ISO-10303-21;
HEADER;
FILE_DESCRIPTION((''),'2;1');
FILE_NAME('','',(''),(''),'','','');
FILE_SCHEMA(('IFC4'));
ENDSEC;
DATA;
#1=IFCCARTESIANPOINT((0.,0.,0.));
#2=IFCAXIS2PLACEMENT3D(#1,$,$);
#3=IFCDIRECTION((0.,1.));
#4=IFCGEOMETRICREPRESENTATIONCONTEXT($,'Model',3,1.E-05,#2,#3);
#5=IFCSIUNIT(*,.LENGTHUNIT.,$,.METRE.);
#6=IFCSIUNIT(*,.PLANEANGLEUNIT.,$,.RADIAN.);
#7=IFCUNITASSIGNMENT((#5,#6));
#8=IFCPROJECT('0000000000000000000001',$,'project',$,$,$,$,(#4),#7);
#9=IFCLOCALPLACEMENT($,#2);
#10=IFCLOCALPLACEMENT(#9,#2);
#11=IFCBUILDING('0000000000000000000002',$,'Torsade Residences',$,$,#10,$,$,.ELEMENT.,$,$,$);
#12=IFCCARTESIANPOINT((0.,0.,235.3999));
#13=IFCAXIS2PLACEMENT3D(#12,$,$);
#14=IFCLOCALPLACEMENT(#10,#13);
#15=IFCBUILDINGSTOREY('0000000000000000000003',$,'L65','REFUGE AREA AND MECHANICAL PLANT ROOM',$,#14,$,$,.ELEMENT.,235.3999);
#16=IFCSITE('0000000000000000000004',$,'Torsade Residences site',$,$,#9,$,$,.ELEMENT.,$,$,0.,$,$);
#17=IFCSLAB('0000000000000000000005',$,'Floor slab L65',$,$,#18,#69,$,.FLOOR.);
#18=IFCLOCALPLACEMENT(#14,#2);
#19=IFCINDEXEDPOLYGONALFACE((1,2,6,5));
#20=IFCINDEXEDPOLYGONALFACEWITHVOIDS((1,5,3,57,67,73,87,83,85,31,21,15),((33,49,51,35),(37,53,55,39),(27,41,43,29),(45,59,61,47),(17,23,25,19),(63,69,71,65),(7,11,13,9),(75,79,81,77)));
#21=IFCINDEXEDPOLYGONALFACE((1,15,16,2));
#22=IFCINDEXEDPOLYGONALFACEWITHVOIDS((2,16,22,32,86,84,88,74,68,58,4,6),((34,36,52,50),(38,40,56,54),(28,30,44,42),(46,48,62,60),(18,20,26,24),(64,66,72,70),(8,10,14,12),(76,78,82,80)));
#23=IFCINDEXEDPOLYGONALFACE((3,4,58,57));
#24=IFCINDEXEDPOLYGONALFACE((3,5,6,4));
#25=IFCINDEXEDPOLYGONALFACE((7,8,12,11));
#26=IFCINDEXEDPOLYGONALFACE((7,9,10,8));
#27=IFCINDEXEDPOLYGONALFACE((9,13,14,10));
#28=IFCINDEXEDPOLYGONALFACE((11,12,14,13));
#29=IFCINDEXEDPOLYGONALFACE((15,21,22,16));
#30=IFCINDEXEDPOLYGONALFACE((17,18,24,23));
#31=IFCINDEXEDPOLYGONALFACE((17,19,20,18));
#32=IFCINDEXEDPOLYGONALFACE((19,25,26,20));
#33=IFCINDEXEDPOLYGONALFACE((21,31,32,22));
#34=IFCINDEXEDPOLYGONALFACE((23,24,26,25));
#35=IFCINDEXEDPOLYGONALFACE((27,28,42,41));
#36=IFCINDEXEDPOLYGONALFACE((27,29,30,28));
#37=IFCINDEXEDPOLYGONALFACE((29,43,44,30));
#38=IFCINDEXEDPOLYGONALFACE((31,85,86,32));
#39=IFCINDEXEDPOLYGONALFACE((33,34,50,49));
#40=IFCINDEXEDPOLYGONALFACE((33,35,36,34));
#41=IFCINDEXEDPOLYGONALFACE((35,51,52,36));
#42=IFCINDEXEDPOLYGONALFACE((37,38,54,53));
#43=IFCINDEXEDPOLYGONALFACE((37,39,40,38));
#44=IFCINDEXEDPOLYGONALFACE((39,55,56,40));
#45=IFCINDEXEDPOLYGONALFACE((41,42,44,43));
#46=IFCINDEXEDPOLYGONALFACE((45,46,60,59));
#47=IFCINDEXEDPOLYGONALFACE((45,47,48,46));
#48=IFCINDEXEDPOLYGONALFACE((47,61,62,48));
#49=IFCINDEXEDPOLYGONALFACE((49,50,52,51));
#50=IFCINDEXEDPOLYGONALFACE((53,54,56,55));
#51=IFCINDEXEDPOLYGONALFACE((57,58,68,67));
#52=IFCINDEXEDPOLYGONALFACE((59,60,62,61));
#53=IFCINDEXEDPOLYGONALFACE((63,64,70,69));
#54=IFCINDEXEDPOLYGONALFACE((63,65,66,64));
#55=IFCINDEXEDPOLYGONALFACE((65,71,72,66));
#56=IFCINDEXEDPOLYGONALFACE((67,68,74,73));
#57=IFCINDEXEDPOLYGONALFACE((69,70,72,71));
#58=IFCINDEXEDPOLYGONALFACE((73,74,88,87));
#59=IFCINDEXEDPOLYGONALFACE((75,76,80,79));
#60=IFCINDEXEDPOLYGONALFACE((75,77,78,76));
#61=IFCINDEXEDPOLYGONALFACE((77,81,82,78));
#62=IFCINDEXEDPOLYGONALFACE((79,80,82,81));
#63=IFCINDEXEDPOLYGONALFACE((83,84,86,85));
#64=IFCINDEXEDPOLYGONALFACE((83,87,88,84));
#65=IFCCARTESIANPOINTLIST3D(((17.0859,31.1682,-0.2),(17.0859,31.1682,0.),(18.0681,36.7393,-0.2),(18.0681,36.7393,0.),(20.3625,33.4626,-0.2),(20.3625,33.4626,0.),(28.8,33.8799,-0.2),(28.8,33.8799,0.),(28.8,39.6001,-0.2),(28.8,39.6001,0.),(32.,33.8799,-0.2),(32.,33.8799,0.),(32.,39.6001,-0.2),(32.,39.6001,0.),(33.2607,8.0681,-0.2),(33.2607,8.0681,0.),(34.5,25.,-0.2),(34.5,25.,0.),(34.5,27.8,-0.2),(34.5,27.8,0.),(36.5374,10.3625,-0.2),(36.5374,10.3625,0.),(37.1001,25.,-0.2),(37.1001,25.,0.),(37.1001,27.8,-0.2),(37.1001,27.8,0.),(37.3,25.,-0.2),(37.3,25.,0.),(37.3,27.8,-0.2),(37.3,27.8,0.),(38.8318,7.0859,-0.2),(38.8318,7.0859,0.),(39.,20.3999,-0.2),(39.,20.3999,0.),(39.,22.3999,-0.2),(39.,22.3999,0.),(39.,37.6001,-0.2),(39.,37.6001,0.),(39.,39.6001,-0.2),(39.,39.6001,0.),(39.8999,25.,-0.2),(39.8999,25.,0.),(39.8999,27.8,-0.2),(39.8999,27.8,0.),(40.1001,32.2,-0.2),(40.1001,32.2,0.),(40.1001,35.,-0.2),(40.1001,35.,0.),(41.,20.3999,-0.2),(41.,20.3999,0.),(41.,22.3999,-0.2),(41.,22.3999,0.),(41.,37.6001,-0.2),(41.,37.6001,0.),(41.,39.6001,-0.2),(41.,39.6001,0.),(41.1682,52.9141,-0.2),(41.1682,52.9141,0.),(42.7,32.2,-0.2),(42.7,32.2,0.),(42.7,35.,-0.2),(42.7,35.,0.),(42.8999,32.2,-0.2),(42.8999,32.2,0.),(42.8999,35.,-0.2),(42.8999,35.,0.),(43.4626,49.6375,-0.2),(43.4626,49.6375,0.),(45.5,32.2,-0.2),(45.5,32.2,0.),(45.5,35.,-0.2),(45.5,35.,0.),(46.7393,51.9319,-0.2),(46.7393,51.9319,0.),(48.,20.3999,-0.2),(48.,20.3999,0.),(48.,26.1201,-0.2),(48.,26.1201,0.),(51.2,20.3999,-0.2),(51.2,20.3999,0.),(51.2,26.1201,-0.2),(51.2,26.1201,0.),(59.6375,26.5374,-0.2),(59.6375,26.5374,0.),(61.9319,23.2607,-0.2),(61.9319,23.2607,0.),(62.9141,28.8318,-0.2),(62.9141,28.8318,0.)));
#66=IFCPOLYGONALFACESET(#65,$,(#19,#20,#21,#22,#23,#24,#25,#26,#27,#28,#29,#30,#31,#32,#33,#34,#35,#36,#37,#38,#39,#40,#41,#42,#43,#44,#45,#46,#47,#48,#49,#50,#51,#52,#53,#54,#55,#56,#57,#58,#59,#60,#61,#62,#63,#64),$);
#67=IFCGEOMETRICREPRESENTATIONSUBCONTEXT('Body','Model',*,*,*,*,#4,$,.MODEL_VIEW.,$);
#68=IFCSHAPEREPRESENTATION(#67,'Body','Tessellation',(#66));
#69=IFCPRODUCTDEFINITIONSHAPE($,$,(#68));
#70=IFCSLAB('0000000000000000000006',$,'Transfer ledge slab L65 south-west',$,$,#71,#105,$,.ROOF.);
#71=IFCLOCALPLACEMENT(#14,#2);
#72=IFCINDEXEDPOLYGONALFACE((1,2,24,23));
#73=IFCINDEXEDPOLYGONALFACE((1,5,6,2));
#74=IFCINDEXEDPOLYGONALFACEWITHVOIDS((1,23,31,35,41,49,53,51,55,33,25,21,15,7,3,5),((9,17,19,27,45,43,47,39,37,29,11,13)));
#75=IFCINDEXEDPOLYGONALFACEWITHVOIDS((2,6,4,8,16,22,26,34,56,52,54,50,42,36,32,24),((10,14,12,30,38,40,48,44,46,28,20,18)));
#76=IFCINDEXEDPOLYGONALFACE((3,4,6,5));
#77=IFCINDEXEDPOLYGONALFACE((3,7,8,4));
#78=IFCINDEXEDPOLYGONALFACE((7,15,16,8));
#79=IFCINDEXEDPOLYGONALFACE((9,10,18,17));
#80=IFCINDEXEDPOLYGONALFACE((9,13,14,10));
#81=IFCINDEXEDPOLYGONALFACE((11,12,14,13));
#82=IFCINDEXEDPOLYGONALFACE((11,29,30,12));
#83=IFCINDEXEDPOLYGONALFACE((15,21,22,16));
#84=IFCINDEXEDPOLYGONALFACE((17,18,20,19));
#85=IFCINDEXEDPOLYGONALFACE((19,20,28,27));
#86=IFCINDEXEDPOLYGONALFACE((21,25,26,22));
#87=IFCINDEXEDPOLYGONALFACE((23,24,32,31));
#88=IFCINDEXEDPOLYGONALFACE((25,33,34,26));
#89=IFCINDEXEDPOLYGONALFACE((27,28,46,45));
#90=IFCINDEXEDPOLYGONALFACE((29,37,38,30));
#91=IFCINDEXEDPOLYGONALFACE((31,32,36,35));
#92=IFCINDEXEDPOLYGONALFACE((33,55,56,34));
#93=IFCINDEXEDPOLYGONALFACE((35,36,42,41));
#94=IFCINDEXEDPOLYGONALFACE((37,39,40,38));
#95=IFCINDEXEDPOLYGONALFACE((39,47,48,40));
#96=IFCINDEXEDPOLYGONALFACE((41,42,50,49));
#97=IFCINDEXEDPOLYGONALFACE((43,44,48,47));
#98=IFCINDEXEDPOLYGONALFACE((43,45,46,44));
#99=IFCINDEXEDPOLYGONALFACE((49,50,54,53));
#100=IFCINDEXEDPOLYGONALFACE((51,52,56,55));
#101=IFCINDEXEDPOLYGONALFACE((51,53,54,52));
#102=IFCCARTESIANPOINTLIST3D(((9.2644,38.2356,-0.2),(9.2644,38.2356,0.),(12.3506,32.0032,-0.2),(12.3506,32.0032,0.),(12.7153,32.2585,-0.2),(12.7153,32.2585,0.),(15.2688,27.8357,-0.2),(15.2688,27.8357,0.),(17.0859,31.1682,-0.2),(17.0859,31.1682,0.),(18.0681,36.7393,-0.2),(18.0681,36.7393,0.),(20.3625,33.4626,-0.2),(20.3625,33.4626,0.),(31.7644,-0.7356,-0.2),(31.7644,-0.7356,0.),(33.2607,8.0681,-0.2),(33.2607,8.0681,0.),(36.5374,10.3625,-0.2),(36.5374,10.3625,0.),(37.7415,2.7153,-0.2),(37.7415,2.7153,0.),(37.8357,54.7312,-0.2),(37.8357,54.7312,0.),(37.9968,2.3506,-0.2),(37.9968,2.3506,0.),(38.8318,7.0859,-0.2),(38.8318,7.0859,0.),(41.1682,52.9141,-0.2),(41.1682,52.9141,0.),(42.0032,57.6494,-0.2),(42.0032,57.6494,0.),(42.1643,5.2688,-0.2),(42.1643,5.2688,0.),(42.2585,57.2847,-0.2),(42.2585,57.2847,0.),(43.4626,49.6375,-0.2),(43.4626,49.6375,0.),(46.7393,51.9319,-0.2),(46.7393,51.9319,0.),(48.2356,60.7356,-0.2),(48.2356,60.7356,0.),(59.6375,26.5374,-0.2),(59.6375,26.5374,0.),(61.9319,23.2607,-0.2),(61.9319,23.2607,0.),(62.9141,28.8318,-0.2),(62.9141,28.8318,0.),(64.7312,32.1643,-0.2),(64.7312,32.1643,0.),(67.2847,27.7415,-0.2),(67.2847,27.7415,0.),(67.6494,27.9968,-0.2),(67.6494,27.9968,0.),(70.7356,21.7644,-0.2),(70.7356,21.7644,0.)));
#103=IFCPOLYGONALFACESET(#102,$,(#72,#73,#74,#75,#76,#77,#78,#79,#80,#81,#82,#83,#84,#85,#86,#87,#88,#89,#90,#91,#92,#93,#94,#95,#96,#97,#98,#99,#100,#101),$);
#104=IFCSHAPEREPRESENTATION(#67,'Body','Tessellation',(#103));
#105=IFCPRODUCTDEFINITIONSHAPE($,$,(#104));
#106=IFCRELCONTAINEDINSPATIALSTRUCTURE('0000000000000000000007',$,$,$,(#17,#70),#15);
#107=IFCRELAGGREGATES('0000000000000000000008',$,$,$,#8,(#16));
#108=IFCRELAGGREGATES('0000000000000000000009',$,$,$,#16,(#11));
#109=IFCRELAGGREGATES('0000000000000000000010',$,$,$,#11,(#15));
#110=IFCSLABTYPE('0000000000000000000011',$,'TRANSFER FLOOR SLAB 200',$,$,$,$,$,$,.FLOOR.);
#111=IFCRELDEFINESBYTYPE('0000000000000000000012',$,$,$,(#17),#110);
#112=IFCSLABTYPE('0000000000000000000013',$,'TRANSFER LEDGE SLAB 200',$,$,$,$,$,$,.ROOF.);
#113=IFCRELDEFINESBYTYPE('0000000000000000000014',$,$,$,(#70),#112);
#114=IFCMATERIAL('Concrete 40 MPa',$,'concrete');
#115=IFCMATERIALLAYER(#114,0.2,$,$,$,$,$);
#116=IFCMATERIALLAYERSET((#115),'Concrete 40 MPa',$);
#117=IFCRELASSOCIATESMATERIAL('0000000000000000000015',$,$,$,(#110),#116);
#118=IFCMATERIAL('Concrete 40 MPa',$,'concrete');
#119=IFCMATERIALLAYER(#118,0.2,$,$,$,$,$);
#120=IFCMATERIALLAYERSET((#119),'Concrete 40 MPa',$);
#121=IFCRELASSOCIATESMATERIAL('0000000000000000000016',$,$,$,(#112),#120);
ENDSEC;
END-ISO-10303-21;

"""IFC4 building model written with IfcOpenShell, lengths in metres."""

from ifc_helpers import new_model, si_unit, direction, frame, origin, place, context, subcontext, project, spatial, polyline, outline, extrude, material, layer, layer_set, type_object, element, save


model = new_model("IFC4")

# Units and contexts
model_context = context("Model", 3, precision=1e-05, world=origin(), true_north=direction((0.0, 1.0)))
body_context = subcontext(model_context, "Body", "Model", "MODEL_VIEW")
ifc_project = project(units=[si_unit("LENGTHUNIT", "METRE"), si_unit("PLANEANGLEUNIT", "RADIAN")], contexts=[model_context])

# Site, building, storey
site_placement = place(None, origin())
site = spatial("IfcSite", under=ifc_project, at=site_placement, Name="Torsade Residences site", CompositionType="ELEMENT", RefElevation=0.0)
building_placement = place(site_placement, origin())
building = spatial("IfcBuilding", under=site, at=building_placement, Name="Torsade Residences", CompositionType="ELEMENT")
storey_placement = place(building_placement, frame((0.0, 0.0, 235.3999)))
storey = spatial("IfcBuildingStorey", under=building, at=storey_placement, Name="L65", Description="REFUGE AREA AND MECHANICAL PLANT ROOM", CompositionType="ELEMENT", Elevation=235.3999)

# Slabs
ifc_material_1 = material(Name="Concrete 40 MPa", Category="concrete")
ifc_layer_1 = layer(ifc_material_1, 0.2)
ifc_layer_set_1 = layer_set([ifc_layer_1], Name="Concrete 40 MPa")
slab_type_1 = type_object("IfcSlabType", Name="TRANSFER FLOOR SLAB 200", PredefinedType="FLOOR", material=ifc_layer_set_1)
slab_1_placement = place(storey_placement, frame((0.0, 0.0, -0.2)))
element("IfcSlab", 1, at=slab_1_placement, inside=storey, type_object=slab_type_1, Name="Floor slab L65", PredefinedType="FLOOR", context=body_context, shape_type="SweptSolid", body=[
    extrude(outline(polyline([(38.8318, 7.0859), (61.9319, 23.2607), (59.6375, 26.5374), (62.9141, 28.8318), (46.7393, 51.9319), (43.4626, 49.6375), (41.1682, 52.9141), (18.0681, 36.7393), (20.3625, 33.4626), (17.0859, 31.1682), (33.2607, 8.0681), (36.5374, 10.3625), (38.8318, 7.0859)]), holes=[polyline([(51.2, 26.1201), (48.0, 26.1201), (48.0, 20.3999), (51.2, 20.3999), (51.2, 26.1201)]), polyline([(45.5, 35.0), (42.8999, 35.0), (42.8999, 32.2), (45.5, 32.2), (45.5, 35.0)]), polyline([(42.7, 35.0), (40.1001, 35.0), (40.1001, 32.2), (42.7, 32.2), (42.7, 35.0)]), polyline([(41.0, 22.3999), (39.0, 22.3999), (39.0, 20.3999), (41.0, 20.3999), (41.0, 22.3999)]), polyline([(41.0, 39.6001), (39.0, 39.6001), (39.0, 37.6001), (41.0, 37.6001), (41.0, 39.6001)]), polyline([(39.8999, 27.8), (37.3, 27.8), (37.3, 25.0), (39.8999, 25.0), (39.8999, 27.8)]), polyline([(37.1001, 27.8), (34.5, 27.8), (34.5, 25.0), (37.1001, 25.0), (37.1001, 27.8)]), polyline([(32.0, 39.6001), (28.8, 39.6001), (28.8, 33.8799), (32.0, 33.8799), (32.0, 39.6001)])]), origin(), (0.0, 0.0, 1.0), 0.2),
])
ifc_material_2 = material(Name="Concrete 40 MPa", Category="concrete")
ifc_layer_2 = layer(ifc_material_2, 0.2)
ifc_layer_set_2 = layer_set([ifc_layer_2], Name="Concrete 40 MPa")
slab_type_2 = type_object("IfcSlabType", Name="TRANSFER LEDGE SLAB 200", PredefinedType="ROOF", material=ifc_layer_set_2)
slab_2_placement = place(storey_placement, frame((0.0, 0.0, -0.2)))
element("IfcSlab", 2, at=slab_2_placement, inside=storey, type_object=slab_type_2, Name="Transfer ledge slab L65 south-west", PredefinedType="ROOF", context=body_context, shape_type="SweptSolid", body=[
    extrude(outline(polyline([(31.7644, -0.7356), (37.7415, 2.7153), (37.9968, 2.3506), (42.1643, 5.2688), (70.7356, 21.7644), (67.2847, 27.7415), (67.6494, 27.9968), (64.7312, 32.1643), (48.2356, 60.7356), (42.2585, 57.2847), (42.0032, 57.6494), (37.8357, 54.7312), (9.2644, 38.2356), (12.7153, 32.2585), (12.3506, 32.0032), (15.2688, 27.8357), (31.7644, -0.7356)]), holes=[polyline([(61.9319, 23.2607), (59.6375, 26.5374), (62.9141, 28.8318), (46.7393, 51.9319), (43.4626, 49.6375), (41.1682, 52.9141), (18.0681, 36.7393), (20.3625, 33.4626), (17.0859, 31.1682), (33.2607, 8.0681), (36.5374, 10.3625), (38.8318, 7.0859), (61.9319, 23.2607)])]), origin(), (0.0, 0.0, 1.0), 0.2),
])

save(model, "model.ifc")
